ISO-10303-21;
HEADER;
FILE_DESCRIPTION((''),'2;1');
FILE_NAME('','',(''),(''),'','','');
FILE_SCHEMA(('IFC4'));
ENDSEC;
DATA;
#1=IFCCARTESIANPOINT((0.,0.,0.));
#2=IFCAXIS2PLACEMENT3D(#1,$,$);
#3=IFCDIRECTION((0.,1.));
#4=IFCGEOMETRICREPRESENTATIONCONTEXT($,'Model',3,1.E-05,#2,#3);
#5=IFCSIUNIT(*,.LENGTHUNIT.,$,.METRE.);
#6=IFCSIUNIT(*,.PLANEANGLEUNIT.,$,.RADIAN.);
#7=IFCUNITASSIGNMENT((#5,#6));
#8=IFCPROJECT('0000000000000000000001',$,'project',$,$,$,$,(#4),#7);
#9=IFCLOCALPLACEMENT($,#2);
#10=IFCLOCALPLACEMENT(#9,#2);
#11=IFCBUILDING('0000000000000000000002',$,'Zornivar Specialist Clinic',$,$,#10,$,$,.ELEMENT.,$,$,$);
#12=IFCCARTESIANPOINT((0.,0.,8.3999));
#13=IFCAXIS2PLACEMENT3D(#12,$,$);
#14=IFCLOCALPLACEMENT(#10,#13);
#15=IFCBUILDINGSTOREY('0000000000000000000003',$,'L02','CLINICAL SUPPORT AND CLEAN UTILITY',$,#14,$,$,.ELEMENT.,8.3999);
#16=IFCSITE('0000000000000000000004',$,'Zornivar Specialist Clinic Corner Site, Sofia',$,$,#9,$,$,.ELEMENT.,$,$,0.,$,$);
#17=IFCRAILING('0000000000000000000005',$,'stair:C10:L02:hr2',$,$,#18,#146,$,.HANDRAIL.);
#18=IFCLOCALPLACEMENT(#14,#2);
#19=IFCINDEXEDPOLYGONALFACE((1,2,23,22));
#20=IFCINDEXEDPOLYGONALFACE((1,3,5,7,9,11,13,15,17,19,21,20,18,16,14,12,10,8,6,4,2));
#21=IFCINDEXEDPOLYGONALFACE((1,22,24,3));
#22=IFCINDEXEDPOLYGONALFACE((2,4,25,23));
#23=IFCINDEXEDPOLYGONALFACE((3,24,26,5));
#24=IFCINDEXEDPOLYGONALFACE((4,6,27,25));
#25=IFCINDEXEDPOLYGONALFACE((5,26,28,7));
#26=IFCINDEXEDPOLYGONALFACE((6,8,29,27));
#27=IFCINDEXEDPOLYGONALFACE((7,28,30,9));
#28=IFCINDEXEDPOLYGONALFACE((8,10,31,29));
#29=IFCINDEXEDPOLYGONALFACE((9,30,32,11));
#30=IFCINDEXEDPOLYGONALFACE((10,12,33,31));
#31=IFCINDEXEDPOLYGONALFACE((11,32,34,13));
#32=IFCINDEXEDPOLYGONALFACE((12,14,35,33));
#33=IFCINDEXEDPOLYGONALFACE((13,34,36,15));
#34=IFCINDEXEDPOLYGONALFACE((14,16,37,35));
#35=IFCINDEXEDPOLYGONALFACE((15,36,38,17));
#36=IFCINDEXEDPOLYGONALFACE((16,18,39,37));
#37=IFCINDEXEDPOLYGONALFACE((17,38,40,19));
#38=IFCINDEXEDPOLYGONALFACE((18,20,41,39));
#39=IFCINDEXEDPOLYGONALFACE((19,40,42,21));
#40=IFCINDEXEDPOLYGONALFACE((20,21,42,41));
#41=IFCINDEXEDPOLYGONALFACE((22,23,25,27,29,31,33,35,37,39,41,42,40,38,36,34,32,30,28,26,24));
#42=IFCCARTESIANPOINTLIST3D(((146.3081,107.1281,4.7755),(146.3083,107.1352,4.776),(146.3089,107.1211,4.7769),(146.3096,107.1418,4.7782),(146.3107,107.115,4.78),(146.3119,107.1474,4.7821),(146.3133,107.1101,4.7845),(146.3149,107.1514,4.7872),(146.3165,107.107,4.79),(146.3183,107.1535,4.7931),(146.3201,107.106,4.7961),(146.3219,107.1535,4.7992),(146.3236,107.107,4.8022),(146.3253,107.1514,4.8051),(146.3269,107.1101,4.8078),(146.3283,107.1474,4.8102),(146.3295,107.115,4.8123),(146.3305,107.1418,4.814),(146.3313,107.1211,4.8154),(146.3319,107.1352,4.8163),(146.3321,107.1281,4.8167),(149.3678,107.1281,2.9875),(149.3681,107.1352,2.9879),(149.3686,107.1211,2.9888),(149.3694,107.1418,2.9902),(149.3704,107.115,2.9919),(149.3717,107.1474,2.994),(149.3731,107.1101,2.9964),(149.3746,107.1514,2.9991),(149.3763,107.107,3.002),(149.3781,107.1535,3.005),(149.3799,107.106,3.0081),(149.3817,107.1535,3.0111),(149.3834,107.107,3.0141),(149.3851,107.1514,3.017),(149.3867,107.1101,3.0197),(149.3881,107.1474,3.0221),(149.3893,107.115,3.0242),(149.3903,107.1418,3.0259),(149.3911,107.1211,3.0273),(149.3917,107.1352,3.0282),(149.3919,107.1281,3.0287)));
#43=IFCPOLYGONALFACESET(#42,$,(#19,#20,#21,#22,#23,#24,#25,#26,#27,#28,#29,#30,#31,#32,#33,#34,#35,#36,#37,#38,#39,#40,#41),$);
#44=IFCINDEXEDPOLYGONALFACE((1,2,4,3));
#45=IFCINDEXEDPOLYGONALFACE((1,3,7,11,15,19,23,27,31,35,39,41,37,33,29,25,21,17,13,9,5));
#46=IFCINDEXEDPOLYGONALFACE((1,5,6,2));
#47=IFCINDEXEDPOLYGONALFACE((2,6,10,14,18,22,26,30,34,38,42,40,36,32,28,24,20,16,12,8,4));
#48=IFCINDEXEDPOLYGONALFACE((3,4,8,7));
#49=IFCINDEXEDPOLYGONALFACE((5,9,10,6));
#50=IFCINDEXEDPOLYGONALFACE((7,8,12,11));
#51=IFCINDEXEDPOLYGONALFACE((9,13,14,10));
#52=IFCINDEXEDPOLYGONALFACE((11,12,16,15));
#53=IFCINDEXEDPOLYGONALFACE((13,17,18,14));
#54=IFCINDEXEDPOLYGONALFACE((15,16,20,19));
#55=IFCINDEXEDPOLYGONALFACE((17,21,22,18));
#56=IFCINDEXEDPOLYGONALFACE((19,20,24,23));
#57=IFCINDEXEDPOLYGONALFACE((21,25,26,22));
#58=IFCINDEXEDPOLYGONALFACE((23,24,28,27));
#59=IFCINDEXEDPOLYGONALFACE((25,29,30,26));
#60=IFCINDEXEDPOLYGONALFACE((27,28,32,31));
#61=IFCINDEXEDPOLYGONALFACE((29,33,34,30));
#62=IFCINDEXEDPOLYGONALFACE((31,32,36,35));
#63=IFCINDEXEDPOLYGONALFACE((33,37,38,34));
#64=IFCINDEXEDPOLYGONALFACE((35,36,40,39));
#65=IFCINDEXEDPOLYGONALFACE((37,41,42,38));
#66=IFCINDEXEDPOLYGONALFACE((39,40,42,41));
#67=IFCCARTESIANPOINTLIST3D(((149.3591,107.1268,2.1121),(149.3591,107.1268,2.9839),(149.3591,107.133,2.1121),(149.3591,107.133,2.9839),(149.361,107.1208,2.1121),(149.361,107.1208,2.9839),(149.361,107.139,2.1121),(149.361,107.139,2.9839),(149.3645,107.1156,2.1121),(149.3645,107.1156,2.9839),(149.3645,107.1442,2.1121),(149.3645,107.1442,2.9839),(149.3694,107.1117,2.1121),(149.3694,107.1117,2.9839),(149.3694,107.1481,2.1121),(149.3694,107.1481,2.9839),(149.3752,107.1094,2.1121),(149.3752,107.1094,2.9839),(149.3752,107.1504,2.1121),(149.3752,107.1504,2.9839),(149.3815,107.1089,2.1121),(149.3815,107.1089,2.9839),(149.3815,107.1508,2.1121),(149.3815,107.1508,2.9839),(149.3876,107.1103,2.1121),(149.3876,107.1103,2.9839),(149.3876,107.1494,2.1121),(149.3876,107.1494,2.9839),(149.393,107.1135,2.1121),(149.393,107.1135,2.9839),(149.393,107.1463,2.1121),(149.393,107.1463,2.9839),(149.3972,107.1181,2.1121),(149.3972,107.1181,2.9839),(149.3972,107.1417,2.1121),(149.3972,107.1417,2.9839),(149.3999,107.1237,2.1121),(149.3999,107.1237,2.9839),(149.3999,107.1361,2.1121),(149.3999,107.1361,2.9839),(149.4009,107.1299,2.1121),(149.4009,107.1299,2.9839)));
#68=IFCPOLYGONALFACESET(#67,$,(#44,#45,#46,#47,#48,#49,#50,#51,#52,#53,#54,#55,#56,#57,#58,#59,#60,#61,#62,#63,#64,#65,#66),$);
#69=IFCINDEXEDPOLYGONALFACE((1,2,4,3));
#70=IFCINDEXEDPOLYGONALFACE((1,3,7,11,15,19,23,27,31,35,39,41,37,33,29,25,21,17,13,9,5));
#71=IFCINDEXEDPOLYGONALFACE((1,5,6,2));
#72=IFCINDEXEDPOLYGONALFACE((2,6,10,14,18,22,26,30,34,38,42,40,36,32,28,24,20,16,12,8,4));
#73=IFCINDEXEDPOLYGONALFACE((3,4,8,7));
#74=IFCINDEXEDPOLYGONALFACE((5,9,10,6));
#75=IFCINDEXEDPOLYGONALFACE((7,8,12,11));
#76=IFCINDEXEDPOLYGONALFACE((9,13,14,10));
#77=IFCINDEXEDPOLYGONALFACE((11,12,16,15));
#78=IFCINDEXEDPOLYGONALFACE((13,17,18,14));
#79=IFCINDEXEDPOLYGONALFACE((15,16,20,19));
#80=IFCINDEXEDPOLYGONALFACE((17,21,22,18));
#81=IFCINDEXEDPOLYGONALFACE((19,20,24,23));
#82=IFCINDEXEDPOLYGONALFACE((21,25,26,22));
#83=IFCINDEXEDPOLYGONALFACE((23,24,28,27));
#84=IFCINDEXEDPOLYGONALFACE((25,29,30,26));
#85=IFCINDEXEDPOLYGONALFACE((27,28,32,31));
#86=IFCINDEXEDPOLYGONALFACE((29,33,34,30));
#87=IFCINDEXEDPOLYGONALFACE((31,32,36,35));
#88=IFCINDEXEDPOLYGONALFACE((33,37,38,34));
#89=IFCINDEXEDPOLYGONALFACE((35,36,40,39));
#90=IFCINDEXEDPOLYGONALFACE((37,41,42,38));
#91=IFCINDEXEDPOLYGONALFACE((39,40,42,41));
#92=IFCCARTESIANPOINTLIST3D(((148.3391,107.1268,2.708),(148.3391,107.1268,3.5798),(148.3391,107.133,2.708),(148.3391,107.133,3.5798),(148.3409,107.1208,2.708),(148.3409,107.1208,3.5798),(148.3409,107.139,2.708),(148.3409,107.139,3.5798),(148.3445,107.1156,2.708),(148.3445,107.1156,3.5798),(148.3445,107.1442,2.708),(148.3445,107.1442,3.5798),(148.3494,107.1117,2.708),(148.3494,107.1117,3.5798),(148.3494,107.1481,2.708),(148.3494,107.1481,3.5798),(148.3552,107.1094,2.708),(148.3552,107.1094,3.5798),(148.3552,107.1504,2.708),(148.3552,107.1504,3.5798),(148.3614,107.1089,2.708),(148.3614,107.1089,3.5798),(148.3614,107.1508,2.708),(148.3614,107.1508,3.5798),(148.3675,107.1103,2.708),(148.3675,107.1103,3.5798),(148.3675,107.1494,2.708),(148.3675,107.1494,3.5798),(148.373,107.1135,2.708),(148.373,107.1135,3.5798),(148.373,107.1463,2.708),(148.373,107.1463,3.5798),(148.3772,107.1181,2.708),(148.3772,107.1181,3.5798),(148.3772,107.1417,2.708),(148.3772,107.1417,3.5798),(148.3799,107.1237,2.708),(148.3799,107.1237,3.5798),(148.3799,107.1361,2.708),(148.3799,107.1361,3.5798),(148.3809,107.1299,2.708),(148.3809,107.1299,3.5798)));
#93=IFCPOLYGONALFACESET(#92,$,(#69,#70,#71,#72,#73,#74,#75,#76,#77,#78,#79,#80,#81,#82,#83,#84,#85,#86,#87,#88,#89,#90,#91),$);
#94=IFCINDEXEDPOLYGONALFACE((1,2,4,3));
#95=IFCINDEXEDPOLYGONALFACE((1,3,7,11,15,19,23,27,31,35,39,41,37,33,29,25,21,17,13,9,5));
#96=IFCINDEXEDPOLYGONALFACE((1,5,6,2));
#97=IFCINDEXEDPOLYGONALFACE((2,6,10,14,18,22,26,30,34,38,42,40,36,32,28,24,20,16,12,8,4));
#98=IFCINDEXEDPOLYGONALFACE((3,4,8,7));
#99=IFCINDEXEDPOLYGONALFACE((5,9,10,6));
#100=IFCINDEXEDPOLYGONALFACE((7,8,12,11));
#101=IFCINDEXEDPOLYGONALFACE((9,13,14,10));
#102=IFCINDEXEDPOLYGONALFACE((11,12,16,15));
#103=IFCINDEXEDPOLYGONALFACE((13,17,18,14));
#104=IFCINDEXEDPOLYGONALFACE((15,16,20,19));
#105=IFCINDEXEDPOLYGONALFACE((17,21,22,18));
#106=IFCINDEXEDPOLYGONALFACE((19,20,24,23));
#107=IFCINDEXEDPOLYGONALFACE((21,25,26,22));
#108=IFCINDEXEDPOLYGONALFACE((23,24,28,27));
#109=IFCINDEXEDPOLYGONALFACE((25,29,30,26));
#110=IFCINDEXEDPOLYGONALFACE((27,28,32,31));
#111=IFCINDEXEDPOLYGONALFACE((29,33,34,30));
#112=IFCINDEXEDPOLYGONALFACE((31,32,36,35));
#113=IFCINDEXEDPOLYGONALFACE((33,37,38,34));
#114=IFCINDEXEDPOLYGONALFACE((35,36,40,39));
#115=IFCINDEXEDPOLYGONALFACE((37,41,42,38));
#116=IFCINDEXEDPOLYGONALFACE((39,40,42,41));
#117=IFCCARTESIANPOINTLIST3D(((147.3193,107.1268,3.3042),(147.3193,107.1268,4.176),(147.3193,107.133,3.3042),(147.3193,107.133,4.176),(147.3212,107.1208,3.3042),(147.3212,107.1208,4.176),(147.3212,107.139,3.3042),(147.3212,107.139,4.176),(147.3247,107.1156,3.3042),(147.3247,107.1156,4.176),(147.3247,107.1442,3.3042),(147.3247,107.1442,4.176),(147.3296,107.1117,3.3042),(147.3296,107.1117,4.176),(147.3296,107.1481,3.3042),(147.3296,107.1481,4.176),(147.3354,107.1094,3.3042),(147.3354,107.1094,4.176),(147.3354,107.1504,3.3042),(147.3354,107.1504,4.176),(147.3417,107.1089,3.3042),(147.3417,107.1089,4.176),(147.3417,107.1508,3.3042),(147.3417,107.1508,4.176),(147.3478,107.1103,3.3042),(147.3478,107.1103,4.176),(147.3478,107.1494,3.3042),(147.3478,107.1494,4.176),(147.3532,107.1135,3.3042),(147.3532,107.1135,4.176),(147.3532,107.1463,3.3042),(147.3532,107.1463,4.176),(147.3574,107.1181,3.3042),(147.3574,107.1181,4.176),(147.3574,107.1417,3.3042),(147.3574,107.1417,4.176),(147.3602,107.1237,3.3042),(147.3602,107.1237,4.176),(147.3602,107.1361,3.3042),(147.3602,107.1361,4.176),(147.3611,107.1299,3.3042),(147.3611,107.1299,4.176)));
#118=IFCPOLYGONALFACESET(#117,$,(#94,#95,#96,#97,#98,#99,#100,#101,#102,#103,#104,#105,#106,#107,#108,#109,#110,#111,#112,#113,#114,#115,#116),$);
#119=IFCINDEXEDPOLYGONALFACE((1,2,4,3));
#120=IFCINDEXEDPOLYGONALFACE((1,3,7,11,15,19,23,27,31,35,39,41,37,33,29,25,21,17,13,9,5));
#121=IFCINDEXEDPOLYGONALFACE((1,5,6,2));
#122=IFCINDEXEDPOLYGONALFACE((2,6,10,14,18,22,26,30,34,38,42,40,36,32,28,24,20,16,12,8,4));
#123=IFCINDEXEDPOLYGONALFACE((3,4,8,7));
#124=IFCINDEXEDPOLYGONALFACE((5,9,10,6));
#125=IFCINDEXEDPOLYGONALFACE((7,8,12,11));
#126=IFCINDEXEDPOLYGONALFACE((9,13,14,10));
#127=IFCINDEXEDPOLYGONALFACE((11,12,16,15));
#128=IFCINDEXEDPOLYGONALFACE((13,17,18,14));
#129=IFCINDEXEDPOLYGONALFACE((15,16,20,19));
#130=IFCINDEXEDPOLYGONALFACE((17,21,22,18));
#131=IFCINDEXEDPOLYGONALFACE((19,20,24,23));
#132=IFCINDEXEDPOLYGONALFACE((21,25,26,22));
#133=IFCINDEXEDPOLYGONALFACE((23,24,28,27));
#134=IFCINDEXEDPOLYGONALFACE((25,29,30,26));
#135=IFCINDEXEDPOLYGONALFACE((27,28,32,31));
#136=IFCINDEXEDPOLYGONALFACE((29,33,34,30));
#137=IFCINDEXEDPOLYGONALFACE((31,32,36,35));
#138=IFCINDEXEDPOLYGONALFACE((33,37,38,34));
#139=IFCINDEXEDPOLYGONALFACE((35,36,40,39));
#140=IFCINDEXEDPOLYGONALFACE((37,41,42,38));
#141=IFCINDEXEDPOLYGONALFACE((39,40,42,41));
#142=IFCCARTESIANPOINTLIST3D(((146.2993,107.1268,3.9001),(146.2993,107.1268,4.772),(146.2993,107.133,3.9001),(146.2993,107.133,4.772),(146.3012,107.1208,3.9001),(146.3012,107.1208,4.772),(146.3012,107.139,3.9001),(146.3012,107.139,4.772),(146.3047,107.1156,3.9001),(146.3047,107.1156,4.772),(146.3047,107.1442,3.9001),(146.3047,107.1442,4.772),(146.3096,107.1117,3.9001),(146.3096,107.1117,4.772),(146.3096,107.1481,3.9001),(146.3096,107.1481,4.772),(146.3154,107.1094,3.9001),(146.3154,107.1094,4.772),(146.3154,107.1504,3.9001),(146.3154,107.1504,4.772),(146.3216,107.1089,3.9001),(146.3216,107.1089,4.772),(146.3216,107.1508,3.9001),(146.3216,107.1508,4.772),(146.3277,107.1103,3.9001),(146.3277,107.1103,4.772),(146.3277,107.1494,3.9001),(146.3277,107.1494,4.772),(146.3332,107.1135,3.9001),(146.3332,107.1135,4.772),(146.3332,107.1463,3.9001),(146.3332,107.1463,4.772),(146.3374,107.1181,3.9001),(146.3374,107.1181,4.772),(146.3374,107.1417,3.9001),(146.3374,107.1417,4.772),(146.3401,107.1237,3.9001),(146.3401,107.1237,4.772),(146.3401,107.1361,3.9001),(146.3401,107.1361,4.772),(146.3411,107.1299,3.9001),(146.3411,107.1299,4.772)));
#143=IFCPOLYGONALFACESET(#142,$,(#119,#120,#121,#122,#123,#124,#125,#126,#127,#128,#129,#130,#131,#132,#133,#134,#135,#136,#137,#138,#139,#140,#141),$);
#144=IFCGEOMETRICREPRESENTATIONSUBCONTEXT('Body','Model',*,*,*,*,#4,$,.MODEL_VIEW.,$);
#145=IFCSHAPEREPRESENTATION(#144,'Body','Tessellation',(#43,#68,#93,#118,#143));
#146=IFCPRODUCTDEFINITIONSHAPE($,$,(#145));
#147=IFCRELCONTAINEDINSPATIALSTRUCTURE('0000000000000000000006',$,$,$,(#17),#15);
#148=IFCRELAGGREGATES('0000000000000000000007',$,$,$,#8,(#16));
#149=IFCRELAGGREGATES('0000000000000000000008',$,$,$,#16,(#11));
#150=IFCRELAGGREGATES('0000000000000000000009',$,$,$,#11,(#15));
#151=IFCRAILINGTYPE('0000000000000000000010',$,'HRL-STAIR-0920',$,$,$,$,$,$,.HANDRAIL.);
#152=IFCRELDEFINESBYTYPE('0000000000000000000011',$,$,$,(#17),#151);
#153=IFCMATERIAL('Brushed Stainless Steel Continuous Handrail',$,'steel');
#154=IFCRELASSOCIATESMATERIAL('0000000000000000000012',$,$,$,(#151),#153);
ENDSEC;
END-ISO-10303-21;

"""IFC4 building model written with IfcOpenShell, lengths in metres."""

from ifc_helpers import new_model, si_unit, direction, frame, origin, origin_2d, place, context, subcontext, project, spatial, circle, extrude, material, type_object, element, save


model = new_model("IFC4")

# Units and contexts
model_context = context("Model", 3, precision=1e-05, world=origin(), true_north=direction((0.0, 1.0)))
body_context = subcontext(model_context, "Body", "Model", "MODEL_VIEW")
ifc_project = project(units=[si_unit("LENGTHUNIT", "METRE"), si_unit("PLANEANGLEUNIT", "RADIAN")], contexts=[model_context])

# Site, building, storey
site_placement = place(None, origin())
site = spatial("IfcSite", under=ifc_project, at=site_placement, Name="Zornivar Specialist Clinic Corner Site, Sofia", CompositionType="ELEMENT", RefElevation=0.0)
building_placement = place(site_placement, origin())
building = spatial("IfcBuilding", under=site, at=building_placement, Name="Zornivar Specialist Clinic", CompositionType="ELEMENT")
storey_placement = place(building_placement, frame((0.0, 0.0, 8.3999)))
storey = spatial("IfcBuildingStorey", under=building, at=storey_placement, Name="L02", Description="CLINICAL SUPPORT AND CLEAN UTILITY", CompositionType="ELEMENT", Elevation=8.3999)

# Railing
ifc_material_1 = material(Name="Brushed Stainless Steel Continuous Handrail", Category="steel")
railing_type_1 = type_object("IfcRailingType", Name="HRL-STAIR-0920", PredefinedType="HANDRAIL", material=ifc_material_1)
railing_1_placement = place(storey_placement, frame((149.3799, 107.1299, 2.1121)))
element("IfcRailing", 1, at=railing_1_placement, inside=storey, type_object=railing_type_1, Name="stair:C10:L02:hr2", PredefinedType="HANDRAIL", context=body_context, shape_type="SweptSolid", body=[
    extrude(circle(Radius=0.0239, at=origin_2d()), frame((0.0, 0.0, 0.896), z_axis=(-0.863386, 0.0, 0.504543), x_axis=(0.0, -1.0, 0.0)), (0.0, 0.0, 1.0), 3.5439),
    extrude(circle(Radius=0.021, at=origin_2d()), origin(), (0.0, 0.0, 1.0), 0.8718),
    extrude(circle(Radius=0.021, at=origin_2d()), frame((-1.02, 0.0, 0.5959)), (0.0, 0.0, 1.0), 0.8718),
    extrude(circle(Radius=0.021, at=origin_2d()), frame((-2.0398, 0.0, 1.1921)), (0.0, 0.0, 1.0), 0.8718),
    extrude(circle(Radius=0.021, at=origin_2d()), frame((-3.0598, 0.0, 1.7881)), (0.0, 0.0, 1.0), 0.8718),
])

save(model, "model.ifc")
